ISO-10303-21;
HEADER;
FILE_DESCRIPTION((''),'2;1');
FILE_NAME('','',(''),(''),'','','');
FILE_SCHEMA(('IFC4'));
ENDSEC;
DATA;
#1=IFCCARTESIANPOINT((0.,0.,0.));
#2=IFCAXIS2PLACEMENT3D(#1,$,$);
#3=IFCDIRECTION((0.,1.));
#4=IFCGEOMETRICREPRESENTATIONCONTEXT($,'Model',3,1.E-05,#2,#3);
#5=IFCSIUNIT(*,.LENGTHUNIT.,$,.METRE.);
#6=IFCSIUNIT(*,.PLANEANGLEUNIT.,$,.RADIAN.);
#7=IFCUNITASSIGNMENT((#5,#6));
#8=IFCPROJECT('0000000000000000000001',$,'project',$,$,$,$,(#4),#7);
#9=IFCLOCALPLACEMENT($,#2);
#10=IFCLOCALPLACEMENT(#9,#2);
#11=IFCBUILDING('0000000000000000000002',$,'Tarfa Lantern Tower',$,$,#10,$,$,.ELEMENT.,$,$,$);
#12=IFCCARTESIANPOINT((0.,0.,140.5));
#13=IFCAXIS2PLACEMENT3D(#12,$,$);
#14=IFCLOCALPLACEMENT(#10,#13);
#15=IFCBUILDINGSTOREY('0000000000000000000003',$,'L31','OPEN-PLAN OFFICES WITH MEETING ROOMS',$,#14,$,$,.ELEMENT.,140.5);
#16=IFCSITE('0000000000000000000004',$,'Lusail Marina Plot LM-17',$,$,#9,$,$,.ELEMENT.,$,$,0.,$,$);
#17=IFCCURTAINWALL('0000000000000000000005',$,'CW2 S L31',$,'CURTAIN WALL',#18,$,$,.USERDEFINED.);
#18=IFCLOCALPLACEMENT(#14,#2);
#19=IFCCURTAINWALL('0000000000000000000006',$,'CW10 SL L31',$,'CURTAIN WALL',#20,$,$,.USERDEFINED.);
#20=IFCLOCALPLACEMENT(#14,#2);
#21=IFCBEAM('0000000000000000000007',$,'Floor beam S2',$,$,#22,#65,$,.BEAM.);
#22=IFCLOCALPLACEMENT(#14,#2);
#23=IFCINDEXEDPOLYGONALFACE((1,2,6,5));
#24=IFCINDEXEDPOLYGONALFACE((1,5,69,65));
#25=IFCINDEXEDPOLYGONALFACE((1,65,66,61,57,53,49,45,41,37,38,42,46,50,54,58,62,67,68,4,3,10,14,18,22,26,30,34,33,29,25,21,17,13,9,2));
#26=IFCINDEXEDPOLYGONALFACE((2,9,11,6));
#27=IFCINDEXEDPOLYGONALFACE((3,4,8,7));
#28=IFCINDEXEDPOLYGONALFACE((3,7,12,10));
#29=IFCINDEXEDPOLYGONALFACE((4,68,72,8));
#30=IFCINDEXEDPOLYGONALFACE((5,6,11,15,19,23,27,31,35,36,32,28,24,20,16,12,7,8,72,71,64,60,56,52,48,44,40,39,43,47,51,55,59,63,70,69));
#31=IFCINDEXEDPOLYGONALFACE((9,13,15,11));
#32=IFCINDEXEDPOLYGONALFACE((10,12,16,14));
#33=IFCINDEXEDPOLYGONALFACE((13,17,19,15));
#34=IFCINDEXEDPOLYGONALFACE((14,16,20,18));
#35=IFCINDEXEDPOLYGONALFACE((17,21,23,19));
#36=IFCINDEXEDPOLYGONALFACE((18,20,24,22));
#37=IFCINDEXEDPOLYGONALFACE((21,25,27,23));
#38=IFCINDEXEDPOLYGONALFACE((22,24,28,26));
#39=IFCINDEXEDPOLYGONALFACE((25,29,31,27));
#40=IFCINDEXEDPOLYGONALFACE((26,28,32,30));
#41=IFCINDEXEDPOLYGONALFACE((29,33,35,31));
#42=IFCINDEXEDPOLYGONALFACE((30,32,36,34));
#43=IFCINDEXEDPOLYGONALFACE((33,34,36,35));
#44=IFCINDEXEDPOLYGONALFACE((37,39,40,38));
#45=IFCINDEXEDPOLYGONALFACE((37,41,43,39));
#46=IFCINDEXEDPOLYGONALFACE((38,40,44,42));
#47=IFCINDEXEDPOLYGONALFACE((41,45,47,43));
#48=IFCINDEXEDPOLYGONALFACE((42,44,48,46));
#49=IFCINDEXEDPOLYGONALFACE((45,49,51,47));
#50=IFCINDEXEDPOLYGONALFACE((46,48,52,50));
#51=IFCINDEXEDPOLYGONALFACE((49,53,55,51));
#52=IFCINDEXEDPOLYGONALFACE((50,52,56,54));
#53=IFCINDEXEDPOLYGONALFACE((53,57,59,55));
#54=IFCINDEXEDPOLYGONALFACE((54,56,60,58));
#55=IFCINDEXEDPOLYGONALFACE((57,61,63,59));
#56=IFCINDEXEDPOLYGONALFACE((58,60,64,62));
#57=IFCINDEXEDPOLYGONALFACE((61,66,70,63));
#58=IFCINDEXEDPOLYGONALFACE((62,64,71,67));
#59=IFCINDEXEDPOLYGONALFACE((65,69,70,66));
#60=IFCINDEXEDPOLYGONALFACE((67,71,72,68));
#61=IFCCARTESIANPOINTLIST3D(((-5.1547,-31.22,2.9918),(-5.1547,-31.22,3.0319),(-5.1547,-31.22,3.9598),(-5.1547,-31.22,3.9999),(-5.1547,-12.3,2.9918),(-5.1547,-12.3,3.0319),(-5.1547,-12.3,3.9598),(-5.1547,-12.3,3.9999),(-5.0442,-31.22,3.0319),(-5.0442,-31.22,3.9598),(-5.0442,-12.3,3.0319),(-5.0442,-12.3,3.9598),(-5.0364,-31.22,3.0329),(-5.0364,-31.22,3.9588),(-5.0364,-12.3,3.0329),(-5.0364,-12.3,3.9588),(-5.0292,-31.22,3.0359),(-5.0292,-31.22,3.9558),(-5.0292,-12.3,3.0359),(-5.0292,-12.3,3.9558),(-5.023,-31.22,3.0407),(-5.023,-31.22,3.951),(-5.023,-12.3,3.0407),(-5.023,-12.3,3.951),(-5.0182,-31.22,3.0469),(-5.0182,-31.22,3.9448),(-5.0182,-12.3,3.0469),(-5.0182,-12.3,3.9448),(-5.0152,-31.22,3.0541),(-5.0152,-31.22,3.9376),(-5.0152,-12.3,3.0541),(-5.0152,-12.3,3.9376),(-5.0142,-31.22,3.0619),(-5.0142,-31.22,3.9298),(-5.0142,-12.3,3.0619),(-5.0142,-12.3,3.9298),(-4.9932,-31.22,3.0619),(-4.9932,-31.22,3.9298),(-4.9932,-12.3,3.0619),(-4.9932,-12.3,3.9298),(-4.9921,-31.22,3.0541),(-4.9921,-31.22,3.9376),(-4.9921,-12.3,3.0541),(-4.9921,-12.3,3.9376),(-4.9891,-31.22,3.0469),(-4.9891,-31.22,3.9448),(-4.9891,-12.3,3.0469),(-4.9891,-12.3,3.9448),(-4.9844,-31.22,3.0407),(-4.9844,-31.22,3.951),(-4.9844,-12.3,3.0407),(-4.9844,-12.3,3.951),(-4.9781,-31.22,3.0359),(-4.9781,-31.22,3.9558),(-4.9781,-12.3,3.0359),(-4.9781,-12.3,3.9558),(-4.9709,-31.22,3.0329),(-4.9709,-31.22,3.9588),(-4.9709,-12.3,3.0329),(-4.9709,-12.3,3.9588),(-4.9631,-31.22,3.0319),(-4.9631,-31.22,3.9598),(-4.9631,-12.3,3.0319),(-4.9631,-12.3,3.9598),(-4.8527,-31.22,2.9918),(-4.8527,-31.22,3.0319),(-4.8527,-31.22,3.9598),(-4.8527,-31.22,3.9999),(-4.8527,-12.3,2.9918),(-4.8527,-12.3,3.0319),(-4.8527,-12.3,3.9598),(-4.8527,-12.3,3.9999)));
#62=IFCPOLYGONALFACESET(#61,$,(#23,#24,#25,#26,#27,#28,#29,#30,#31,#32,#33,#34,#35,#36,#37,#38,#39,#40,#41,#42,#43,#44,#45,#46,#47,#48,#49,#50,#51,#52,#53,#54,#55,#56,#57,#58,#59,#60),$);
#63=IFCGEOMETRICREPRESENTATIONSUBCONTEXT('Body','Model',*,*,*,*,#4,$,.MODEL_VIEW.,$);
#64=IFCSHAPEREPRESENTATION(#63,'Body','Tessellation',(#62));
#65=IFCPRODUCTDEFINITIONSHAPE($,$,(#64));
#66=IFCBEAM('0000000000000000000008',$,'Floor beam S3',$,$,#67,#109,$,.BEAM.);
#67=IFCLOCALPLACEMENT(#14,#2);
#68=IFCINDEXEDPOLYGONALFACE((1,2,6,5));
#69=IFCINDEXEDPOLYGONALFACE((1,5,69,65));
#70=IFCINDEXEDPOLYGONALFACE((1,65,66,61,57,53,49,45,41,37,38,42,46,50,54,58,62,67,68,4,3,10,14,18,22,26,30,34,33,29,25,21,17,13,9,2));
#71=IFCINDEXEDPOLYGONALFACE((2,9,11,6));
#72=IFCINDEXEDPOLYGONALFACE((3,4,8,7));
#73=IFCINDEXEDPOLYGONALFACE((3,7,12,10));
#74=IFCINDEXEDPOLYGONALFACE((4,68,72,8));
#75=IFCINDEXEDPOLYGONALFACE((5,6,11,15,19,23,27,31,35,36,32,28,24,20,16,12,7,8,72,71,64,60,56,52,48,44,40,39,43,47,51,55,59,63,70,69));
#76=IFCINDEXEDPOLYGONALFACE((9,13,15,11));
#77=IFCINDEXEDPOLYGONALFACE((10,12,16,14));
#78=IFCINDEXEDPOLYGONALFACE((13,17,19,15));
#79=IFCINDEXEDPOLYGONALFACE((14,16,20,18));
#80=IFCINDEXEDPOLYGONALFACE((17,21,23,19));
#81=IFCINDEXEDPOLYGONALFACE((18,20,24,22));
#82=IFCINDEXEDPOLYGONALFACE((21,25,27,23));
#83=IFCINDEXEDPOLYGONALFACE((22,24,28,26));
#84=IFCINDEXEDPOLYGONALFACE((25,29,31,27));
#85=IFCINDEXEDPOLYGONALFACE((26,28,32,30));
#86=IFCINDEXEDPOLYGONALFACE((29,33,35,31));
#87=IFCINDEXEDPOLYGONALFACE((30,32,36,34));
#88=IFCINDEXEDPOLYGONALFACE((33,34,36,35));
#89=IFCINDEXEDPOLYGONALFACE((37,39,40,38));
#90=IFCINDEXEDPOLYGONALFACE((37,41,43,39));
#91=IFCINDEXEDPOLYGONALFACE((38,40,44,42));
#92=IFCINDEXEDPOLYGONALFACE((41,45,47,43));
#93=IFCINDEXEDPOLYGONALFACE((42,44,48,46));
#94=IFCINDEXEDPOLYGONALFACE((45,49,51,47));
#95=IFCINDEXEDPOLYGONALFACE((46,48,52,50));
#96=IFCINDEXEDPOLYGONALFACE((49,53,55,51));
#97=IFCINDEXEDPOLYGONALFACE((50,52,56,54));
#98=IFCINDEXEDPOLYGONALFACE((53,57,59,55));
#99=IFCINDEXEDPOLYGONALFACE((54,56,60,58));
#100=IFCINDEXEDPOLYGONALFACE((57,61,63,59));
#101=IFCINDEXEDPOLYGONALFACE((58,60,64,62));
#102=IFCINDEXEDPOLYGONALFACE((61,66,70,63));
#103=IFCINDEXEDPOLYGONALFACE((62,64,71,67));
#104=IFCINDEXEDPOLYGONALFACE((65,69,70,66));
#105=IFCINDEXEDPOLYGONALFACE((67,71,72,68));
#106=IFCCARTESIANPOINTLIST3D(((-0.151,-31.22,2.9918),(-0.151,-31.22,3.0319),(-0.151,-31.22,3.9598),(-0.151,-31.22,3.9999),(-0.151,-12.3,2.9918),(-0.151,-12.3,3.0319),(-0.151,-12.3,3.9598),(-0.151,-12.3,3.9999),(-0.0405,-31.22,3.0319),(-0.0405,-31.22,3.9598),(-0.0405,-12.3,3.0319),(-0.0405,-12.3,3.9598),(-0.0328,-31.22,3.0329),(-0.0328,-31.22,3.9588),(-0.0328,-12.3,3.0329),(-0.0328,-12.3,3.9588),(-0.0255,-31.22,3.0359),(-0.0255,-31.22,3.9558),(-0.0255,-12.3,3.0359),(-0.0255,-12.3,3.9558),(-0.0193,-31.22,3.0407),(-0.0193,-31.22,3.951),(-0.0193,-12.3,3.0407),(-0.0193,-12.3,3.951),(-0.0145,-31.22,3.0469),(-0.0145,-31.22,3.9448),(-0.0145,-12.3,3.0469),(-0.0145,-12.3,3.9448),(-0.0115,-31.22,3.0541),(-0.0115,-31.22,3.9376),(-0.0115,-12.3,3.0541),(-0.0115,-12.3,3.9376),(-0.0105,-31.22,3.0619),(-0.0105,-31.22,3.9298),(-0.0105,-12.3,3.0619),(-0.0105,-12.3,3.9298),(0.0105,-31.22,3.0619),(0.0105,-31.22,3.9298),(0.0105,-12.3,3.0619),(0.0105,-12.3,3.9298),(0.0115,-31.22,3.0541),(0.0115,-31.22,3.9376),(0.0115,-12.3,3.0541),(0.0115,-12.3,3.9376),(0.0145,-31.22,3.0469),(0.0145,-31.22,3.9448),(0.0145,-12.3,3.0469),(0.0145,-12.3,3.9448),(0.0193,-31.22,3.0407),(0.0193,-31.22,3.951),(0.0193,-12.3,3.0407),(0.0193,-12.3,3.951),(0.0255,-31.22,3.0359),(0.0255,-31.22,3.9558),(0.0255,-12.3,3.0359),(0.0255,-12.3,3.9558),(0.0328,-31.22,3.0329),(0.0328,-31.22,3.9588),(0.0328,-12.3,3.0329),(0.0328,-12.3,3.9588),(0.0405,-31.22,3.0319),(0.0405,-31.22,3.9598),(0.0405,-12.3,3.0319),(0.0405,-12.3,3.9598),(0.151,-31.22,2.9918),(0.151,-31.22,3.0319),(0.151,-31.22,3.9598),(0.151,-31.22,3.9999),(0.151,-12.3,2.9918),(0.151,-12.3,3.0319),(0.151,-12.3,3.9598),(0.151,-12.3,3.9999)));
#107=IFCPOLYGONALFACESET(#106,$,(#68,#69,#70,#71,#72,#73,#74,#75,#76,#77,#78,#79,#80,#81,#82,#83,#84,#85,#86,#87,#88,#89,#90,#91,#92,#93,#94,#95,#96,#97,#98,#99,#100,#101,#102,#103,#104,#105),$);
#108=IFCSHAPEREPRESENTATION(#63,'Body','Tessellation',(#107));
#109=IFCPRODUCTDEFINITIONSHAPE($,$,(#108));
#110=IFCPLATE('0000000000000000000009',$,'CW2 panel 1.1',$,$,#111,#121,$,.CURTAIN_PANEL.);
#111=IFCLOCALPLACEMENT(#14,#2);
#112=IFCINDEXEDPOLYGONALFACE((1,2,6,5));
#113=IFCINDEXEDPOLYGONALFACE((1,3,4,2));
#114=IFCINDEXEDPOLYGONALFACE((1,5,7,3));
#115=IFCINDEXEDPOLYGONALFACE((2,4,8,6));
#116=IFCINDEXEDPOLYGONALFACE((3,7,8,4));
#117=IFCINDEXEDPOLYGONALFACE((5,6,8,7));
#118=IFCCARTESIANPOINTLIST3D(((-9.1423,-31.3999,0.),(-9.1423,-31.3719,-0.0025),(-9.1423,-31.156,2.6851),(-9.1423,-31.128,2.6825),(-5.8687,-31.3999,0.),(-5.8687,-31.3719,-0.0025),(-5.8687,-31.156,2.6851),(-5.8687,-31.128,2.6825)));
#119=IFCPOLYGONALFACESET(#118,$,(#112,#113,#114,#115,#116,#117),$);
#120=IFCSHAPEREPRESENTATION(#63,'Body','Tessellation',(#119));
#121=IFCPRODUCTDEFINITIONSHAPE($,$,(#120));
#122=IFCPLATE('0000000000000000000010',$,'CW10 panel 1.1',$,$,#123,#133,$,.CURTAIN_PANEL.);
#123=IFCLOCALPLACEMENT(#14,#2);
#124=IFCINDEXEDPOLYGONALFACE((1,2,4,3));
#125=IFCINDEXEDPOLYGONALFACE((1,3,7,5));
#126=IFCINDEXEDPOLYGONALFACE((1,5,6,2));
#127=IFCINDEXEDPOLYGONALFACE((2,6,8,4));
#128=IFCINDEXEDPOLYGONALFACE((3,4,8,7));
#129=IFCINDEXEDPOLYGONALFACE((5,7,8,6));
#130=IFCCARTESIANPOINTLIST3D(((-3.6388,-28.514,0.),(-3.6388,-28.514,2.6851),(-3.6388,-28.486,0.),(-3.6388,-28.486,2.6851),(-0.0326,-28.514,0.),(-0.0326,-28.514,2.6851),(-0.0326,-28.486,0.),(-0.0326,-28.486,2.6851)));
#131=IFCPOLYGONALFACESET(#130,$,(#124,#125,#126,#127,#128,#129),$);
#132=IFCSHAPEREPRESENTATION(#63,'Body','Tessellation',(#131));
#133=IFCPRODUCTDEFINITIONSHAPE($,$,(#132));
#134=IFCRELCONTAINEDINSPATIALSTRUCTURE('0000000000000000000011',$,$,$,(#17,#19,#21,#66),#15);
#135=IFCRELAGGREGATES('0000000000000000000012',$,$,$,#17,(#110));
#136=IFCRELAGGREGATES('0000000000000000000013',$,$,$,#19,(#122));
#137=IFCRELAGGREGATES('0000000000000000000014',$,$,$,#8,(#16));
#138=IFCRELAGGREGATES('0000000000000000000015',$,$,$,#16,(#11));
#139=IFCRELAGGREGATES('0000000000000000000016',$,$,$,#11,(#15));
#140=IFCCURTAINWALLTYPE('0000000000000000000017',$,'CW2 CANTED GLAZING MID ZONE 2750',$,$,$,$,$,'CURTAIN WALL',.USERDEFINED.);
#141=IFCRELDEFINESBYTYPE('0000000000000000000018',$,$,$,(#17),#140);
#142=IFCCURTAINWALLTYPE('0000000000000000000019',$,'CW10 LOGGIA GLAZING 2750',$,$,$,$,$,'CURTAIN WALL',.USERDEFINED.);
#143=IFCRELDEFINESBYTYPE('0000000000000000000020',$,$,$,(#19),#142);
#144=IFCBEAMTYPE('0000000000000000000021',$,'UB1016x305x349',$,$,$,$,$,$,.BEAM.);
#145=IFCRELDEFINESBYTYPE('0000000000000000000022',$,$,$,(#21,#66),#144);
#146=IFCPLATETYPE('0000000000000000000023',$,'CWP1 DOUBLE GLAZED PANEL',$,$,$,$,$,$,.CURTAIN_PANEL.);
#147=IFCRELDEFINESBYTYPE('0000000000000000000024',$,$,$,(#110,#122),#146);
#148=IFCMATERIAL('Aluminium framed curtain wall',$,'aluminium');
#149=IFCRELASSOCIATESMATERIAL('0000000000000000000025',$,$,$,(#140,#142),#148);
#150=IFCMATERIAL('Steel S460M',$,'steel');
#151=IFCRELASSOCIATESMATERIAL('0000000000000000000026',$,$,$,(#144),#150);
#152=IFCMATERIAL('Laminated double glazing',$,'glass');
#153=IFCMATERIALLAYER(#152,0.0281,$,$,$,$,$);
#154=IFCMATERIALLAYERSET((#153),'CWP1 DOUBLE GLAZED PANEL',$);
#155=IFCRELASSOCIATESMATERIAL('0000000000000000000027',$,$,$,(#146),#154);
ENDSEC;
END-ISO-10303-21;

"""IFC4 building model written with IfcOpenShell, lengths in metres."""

from ifc_helpers import new_model, si_unit, direction, frame, origin, origin_2d, place, context, subcontext, project, spatial, polyline, rectangle, i_section, outline, extrude, material, layer, layer_set, material_profile, profile_set, type_object, element, aggregate, save


model = new_model("IFC4")

# Units and contexts
model_context = context("Model", 3, precision=1e-05, world=origin(), true_north=direction((0.0, 1.0)))
body_context = subcontext(model_context, "Body", "Model", "MODEL_VIEW")
ifc_project = project(units=[si_unit("LENGTHUNIT", "METRE"), si_unit("PLANEANGLEUNIT", "RADIAN")], contexts=[model_context])

# Site, building, storey
site_placement = place(None, origin())
site = spatial("IfcSite", under=ifc_project, at=site_placement, Name="Lusail Marina Plot LM-17", CompositionType="ELEMENT", RefElevation=0.0)
building_placement = place(site_placement, origin())
building = spatial("IfcBuilding", under=site, at=building_placement, Name="Tarfa Lantern Tower", CompositionType="ELEMENT")
storey_placement = place(building_placement, frame((0.0, 0.0, 140.5)))
storey = spatial("IfcBuildingStorey", under=building, at=storey_placement, Name="L31", Description="OPEN-PLAN OFFICES WITH MEETING ROOMS", CompositionType="ELEMENT", Elevation=140.5)

# Curtain walls
ifc_material_1 = material(Name="Aluminium framed curtain wall", Category="aluminium")
curtain_wall_type_1 = type_object("IfcCurtainWallType", Name="CW2 CANTED GLAZING MID ZONE 2750", ElementType="CURTAIN WALL", PredefinedType="USERDEFINED", material=ifc_material_1)
curtain_wall_1_placement = place(storey_placement, origin())
curtain_wall_1 = element("IfcCurtainWall", 1, at=curtain_wall_1_placement, inside=storey, type_object=curtain_wall_type_1, Name="CW2 S L31", ObjectType="CURTAIN WALL", PredefinedType="USERDEFINED")
curtain_wall_type_2 = type_object("IfcCurtainWallType", Name="CW10 LOGGIA GLAZING 2750", ElementType="CURTAIN WALL", PredefinedType="USERDEFINED", material=ifc_material_1)
curtain_wall_2_placement = place(storey_placement, origin())
curtain_wall_2 = element("IfcCurtainWall", 2, at=curtain_wall_2_placement, inside=storey, type_object=curtain_wall_type_2, Name="CW10 SL L31", ObjectType="CURTAIN WALL", PredefinedType="USERDEFINED")

# Beams
ifc_material_2 = material(Name="Steel S460M", Category="steel")
ifc_material_profile_1 = material_profile(ifc_material_2, i_section(OverallWidth=0.302, OverallDepth=1.0081, WebThickness=0.021, FlangeThickness=0.04, FilletRadius=0.03, at=origin_2d()), Name="UB1016x305x349")
ifc_profile_set_1 = profile_set([ifc_material_profile_1], Name="Steel S460M")
beam_type_1 = type_object("IfcBeamType", Name="UB1016x305x349", PredefinedType="BEAM", material=ifc_profile_set_1)
for number, where, z_axis, x_axis, name in (
    (3, (-5.0037, -31.22, 3.4958), (0.0, 1.0, 0.0), (-1.0, 0.0, 0.0), "Floor beam S2"),
    (4, (0.0, -31.22, 3.4958), (0.0, 1.0, 0.0), (-1.0, 0.0, 0.0), "Floor beam S3"),
):
    element("IfcBeam", number, at=place(storey_placement, frame(where, z_axis=z_axis, x_axis=x_axis)), inside=storey, type_object=beam_type_1, Name=name, PredefinedType="BEAM", context=body_context, shape_type="SweptSolid", body=[
        extrude(i_section(OverallWidth=0.302, OverallDepth=1.0081, WebThickness=0.021, FlangeThickness=0.04, FilletRadius=0.03, at=origin_2d()), origin(), (0.0, 0.0, 1.0), 18.9199),
    ])

# Plates
ifc_material_3 = material(Name="Laminated double glazing", Category="glass")
ifc_layer_1 = layer(ifc_material_3, 0.0281)
ifc_layer_set_1 = layer_set([ifc_layer_1], Name="CWP1 DOUBLE GLAZED PANEL")
plate_type_1 = type_object("IfcPlateType", Name="CWP1 DOUBLE GLAZED PANEL", PredefinedType="CURTAIN_PANEL", material=ifc_layer_set_1)
plate_1_placement = place(storey_placement, frame((-9.1423, -31.3999, 0.0), z_axis=(0.0, -0.9959, 0.090462), x_axis=(1.0, 0.0, 0.0)))
plate_1 = element("IfcPlate", 5, at=plate_1_placement, type_object=plate_type_1, Name="CW2 panel 1.1", PredefinedType="CURTAIN_PANEL", context=body_context, shape_type="SweptSolid", body=[
    extrude(outline(polyline([(0.0, 0.0), (3.2737, 0.0), (3.2737, 2.6961), (0.0, 2.6961), (0.0, 0.0)])), origin(), (0.0, 0.0, -1.0), 0.0281),
])
aggregate(curtain_wall_1, [plate_1])
plate_2_placement = place(storey_placement, frame((-1.8357, -28.5, 0.0), z_axis=(0.0, 0.0, 1.0), x_axis=(1.0, 0.0, 0.0)))
plate_2 = element("IfcPlate", 6, at=plate_2_placement, type_object=plate_type_1, Name="CW10 panel 1.1", PredefinedType="CURTAIN_PANEL", context=body_context, shape_type="SweptSolid", body=[
    extrude(rectangle(XDim=3.6062, YDim=0.0281, at=origin_2d()), origin(), (0.0, 0.0, 1.0), 2.6851),
])
aggregate(curtain_wall_2, [plate_2])

save(model, "model.ifc")
